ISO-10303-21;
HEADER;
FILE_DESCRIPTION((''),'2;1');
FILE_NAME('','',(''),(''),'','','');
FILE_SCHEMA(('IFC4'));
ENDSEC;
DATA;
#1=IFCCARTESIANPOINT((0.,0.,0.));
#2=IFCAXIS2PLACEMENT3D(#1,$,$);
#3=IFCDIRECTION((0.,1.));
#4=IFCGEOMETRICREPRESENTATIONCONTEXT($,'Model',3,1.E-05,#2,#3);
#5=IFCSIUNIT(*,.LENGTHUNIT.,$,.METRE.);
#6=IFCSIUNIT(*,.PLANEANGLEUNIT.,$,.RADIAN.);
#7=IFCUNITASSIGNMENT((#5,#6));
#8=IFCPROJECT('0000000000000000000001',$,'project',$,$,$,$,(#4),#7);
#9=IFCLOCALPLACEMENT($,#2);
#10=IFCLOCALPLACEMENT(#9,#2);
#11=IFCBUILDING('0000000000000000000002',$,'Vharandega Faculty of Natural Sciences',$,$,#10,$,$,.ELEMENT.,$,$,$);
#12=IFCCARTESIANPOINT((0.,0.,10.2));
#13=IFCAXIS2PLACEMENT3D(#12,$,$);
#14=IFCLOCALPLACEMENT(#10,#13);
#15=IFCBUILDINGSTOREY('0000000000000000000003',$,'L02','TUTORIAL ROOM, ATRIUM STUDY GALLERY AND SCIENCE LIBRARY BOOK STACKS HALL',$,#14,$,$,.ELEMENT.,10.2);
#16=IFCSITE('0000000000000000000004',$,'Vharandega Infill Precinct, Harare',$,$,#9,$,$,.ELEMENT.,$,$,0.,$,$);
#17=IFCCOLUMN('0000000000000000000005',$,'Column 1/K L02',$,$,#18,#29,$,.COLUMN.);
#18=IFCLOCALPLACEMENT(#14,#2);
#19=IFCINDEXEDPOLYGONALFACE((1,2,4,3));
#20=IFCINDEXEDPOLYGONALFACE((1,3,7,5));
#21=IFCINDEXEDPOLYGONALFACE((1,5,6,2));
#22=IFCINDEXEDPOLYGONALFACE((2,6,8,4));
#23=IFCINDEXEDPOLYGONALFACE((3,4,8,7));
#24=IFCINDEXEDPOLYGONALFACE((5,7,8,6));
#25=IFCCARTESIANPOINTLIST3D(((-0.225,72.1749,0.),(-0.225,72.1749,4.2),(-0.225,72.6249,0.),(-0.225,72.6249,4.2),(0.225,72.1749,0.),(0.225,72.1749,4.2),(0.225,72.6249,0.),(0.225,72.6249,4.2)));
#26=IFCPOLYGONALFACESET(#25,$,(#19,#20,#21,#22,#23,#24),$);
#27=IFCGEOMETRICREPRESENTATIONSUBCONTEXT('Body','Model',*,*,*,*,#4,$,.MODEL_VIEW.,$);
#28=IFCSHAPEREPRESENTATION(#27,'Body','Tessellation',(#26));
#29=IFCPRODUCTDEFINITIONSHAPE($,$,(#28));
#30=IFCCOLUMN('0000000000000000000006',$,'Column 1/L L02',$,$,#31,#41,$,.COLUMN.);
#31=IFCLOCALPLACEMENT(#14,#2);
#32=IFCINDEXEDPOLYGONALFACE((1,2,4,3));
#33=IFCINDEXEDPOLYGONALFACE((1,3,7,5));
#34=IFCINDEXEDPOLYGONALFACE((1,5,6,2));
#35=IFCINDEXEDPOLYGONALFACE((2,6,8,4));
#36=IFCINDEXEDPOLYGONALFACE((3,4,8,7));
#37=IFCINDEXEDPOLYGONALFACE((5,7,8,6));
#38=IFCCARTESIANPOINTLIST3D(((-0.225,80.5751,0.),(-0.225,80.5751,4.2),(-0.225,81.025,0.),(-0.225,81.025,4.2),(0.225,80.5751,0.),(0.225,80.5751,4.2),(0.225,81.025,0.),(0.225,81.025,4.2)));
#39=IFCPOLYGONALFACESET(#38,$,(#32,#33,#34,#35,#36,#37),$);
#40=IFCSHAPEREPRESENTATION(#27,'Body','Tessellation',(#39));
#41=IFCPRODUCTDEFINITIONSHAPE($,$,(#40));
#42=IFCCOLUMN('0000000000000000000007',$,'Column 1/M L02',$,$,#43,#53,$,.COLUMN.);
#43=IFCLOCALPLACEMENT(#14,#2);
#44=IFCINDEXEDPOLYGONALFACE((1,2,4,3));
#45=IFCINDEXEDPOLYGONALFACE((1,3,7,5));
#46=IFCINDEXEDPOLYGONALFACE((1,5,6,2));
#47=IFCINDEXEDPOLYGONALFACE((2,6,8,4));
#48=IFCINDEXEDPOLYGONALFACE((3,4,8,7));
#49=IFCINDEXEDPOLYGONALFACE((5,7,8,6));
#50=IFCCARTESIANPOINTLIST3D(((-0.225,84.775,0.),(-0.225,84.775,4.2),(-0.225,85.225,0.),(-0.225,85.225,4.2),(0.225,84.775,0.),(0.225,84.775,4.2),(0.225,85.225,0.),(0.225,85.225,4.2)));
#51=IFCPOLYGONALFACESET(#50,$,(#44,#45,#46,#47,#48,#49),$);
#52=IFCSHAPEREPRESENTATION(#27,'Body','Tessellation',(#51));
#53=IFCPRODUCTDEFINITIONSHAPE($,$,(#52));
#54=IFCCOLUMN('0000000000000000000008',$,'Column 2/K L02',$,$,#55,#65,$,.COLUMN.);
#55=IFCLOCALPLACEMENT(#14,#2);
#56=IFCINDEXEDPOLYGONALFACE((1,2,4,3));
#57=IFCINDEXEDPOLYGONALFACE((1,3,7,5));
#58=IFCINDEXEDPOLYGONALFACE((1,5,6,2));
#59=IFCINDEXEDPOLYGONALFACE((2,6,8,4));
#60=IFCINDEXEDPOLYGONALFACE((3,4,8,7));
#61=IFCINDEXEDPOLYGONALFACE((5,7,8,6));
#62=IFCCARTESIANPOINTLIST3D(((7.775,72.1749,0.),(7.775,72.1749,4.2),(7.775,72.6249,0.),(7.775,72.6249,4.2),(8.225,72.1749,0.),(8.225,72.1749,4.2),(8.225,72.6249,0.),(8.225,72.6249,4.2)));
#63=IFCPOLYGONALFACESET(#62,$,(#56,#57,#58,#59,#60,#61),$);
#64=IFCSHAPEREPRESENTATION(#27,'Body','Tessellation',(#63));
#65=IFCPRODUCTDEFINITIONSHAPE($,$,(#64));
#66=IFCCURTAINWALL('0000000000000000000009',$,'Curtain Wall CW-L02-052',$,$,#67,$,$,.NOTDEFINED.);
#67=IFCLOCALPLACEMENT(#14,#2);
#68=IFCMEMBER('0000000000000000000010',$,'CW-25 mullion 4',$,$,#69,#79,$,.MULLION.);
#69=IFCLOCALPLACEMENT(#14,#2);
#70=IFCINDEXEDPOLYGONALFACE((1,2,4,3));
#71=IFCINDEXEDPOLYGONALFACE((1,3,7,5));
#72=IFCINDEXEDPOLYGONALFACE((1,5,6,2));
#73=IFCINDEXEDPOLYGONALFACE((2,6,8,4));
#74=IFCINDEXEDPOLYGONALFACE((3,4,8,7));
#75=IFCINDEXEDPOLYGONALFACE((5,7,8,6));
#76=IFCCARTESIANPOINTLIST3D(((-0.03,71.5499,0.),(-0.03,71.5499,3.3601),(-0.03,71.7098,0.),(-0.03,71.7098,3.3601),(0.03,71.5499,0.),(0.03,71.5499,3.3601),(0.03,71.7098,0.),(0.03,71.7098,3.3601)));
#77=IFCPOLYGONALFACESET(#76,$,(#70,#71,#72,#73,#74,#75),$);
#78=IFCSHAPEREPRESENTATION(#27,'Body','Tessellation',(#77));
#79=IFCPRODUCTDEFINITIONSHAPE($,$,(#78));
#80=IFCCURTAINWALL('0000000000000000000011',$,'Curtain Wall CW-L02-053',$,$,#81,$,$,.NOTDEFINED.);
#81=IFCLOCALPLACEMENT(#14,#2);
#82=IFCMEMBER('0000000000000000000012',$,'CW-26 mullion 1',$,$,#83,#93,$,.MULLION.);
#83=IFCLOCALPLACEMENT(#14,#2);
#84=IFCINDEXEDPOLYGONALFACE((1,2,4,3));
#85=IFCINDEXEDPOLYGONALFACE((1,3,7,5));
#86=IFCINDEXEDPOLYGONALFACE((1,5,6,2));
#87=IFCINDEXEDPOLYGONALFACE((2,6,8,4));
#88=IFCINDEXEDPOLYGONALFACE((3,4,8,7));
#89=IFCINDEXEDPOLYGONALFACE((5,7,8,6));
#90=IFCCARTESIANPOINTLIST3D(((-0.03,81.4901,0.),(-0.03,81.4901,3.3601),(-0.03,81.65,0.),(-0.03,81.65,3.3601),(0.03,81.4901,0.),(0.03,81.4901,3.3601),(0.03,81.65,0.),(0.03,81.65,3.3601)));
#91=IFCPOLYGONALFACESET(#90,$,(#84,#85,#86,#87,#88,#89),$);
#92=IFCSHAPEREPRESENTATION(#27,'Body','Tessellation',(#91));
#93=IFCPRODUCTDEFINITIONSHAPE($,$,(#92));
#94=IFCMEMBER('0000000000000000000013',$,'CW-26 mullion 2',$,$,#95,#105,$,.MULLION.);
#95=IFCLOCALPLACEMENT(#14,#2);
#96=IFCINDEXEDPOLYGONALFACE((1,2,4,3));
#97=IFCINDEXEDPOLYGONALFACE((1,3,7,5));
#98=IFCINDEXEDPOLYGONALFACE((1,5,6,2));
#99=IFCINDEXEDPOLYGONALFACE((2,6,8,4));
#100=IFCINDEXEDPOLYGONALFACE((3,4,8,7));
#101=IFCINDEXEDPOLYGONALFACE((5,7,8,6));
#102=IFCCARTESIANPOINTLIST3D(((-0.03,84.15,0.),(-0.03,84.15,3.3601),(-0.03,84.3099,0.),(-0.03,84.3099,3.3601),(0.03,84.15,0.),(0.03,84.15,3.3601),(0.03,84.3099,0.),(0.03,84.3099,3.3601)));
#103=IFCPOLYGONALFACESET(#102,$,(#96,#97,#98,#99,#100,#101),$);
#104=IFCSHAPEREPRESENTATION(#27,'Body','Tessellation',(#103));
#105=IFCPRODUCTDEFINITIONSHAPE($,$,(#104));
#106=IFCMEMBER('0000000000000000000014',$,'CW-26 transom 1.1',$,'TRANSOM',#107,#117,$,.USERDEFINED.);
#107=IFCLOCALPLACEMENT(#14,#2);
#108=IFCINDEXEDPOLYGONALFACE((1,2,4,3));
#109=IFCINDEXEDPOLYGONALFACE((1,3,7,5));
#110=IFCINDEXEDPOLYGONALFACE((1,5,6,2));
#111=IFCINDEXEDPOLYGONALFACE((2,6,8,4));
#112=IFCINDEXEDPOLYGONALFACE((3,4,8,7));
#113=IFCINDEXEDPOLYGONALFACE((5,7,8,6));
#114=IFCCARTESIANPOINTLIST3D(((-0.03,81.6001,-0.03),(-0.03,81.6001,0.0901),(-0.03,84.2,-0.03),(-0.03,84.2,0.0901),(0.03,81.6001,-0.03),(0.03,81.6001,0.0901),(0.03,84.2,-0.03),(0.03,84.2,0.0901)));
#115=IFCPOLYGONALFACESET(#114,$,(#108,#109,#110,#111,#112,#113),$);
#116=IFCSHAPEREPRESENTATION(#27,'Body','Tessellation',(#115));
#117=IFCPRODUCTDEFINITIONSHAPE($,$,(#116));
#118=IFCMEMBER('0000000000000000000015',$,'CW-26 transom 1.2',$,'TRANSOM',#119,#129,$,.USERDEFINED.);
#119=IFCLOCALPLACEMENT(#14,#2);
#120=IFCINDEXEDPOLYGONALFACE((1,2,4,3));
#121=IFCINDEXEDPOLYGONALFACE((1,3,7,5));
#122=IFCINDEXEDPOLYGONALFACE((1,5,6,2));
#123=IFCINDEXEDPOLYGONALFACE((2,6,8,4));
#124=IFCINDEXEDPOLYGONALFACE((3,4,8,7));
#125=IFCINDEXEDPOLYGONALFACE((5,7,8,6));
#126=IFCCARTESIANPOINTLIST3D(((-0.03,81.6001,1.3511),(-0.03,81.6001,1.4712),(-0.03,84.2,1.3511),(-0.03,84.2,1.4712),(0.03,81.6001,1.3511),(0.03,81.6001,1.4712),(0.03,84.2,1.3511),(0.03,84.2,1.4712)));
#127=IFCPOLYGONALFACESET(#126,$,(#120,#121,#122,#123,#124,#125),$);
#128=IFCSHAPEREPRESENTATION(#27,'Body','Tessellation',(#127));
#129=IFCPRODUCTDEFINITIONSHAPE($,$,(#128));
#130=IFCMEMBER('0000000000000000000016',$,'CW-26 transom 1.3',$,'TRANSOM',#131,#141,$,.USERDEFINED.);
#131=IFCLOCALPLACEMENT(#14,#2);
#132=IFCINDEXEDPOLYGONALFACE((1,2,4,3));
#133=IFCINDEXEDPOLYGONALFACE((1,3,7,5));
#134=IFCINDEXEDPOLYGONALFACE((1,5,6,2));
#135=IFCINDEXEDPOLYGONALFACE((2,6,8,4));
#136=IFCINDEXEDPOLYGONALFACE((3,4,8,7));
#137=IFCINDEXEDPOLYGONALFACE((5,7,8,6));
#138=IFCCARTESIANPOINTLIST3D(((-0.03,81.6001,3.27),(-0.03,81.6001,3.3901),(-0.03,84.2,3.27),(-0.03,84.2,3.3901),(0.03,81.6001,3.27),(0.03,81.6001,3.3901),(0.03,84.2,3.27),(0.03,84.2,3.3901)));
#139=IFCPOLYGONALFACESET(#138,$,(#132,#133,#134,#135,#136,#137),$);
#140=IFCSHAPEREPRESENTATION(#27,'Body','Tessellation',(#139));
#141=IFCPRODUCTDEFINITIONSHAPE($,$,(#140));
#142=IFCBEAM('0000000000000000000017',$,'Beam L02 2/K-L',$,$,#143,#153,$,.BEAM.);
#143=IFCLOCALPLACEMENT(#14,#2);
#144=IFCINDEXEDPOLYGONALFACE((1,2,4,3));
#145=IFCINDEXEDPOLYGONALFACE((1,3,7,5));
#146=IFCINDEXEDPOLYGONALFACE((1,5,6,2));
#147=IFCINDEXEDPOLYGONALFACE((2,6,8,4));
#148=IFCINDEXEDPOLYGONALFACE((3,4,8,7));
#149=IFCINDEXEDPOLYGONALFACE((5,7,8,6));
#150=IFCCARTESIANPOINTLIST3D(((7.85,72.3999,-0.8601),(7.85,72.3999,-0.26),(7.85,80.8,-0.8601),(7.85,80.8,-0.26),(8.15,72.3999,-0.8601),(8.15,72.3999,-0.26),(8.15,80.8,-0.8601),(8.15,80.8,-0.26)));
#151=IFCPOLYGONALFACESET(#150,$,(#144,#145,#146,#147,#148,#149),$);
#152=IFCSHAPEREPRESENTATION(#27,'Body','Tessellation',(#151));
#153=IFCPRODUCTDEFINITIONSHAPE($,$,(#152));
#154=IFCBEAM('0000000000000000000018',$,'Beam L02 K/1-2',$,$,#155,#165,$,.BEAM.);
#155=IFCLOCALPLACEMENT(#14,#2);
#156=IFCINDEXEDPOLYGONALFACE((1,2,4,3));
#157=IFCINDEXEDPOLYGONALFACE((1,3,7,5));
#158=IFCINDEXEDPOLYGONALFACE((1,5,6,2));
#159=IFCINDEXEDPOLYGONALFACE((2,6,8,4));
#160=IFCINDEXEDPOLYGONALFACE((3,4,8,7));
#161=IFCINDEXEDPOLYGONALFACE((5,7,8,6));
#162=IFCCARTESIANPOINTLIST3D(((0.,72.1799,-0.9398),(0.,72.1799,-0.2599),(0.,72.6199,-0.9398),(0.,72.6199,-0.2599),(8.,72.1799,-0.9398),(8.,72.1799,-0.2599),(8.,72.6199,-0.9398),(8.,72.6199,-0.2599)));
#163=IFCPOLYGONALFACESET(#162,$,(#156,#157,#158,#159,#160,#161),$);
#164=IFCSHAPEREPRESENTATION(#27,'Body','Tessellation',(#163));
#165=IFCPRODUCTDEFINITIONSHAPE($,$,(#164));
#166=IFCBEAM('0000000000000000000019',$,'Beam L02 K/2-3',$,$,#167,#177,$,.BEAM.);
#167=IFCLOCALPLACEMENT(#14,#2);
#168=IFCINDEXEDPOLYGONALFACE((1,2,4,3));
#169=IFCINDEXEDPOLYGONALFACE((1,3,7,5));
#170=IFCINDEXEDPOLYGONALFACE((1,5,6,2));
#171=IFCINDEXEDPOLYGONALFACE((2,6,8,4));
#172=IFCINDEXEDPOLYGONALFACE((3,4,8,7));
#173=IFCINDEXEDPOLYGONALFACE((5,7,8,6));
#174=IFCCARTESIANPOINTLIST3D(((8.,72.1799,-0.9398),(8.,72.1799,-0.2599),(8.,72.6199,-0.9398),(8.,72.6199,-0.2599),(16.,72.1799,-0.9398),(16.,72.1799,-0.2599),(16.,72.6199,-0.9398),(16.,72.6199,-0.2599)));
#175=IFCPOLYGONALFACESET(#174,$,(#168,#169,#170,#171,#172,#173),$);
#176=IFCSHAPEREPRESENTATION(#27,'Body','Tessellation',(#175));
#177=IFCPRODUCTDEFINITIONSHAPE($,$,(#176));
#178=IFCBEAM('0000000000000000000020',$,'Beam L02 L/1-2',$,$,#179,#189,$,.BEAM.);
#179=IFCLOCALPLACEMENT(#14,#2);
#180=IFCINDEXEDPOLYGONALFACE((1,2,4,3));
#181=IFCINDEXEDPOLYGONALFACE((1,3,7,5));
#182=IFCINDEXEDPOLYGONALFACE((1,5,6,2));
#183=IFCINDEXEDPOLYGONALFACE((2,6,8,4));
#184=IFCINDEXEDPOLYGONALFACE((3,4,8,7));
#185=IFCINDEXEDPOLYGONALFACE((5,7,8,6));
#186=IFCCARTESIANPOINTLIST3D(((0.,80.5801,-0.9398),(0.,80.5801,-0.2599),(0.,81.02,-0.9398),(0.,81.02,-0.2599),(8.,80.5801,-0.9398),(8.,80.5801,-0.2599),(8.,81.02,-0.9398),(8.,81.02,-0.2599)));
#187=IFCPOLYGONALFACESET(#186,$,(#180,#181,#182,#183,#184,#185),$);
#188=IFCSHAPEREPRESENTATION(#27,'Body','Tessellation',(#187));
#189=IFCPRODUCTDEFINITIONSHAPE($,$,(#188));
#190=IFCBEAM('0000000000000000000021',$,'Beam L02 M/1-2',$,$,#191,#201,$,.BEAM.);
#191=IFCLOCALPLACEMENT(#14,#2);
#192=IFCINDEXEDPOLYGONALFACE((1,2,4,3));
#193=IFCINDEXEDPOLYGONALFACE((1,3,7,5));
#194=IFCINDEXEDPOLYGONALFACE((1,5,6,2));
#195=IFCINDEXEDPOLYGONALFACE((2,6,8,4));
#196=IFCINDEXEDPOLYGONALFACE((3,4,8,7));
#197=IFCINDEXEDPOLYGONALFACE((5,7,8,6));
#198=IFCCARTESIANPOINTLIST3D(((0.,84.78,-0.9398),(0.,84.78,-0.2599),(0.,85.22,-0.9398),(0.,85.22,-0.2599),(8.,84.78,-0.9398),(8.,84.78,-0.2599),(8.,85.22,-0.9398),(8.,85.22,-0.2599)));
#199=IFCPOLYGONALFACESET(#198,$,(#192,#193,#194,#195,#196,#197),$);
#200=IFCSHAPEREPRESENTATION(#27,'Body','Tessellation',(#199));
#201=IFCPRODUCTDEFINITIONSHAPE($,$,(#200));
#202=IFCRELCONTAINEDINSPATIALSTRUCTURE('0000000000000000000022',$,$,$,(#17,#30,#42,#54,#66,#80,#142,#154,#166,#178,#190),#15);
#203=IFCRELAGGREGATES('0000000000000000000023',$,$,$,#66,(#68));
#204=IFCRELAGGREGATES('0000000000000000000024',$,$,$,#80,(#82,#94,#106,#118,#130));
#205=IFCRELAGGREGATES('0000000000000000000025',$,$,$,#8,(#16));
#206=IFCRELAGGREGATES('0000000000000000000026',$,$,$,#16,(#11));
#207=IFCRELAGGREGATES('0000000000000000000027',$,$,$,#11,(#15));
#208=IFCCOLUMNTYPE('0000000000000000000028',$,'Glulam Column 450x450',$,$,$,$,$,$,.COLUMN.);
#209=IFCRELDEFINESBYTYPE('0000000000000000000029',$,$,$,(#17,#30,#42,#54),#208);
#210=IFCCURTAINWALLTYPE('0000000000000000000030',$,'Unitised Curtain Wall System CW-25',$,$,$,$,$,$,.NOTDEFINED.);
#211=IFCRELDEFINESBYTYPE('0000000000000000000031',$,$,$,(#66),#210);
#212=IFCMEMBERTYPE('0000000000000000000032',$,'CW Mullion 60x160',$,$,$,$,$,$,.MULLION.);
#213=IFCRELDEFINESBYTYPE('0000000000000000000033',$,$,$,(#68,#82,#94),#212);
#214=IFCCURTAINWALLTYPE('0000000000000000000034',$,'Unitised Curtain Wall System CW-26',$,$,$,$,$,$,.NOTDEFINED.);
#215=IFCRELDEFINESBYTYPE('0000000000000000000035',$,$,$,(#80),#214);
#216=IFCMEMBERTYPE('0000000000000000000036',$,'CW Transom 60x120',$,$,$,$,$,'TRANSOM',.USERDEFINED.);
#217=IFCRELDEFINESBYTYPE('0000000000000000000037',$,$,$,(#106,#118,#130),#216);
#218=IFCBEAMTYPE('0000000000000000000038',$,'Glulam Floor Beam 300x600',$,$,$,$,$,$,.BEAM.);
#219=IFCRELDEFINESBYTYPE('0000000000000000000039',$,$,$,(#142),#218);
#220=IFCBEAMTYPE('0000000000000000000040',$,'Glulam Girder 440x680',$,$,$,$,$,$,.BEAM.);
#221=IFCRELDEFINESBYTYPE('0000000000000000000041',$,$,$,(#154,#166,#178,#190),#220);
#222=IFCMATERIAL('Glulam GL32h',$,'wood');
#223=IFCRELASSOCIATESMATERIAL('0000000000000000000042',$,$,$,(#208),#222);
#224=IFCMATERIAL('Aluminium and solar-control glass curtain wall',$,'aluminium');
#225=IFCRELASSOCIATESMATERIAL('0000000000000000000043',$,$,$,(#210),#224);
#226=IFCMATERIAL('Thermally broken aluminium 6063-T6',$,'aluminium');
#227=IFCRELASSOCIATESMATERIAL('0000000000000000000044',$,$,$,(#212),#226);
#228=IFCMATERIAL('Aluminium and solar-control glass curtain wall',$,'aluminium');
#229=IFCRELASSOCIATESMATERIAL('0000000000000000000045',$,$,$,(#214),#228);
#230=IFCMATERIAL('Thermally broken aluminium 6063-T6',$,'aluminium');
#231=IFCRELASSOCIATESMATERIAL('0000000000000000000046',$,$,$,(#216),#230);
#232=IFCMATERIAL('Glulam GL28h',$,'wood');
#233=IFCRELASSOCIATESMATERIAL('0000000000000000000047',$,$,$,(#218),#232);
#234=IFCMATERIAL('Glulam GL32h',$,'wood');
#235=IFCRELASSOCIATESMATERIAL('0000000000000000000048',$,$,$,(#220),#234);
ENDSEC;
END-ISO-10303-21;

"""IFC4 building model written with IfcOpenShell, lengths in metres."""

from ifc_helpers import new_model, si_unit, direction, frame, origin, origin_2d, place, context, subcontext, project, spatial, rectangle, extrude, material, material_profile, profile_set, type_object, element, aggregate, save


model = new_model("IFC4")

# Units and contexts
model_context = context("Model", 3, precision=1e-05, world=origin(), true_north=direction((0.0, 1.0)))
body_context = subcontext(model_context, "Body", "Model", "MODEL_VIEW")
ifc_project = project(units=[si_unit("LENGTHUNIT", "METRE"), si_unit("PLANEANGLEUNIT", "RADIAN")], contexts=[model_context])

# Site, building, storey
site_placement = place(None, origin())
site = spatial("IfcSite", under=ifc_project, at=site_placement, Name="Vharandega Infill Precinct, Harare", CompositionType="ELEMENT", RefElevation=0.0)
building_placement = place(site_placement, origin())
building = spatial("IfcBuilding", under=site, at=building_placement, Name="Vharandega Faculty of Natural Sciences", CompositionType="ELEMENT")
storey_placement = place(building_placement, frame((0.0, 0.0, 10.2)))
storey = spatial("IfcBuildingStorey", under=building, at=storey_placement, Name="L02", Description="TUTORIAL ROOM, ATRIUM STUDY GALLERY AND SCIENCE LIBRARY BOOK STACKS HALL", CompositionType="ELEMENT", Elevation=10.2)

# Columns
ifc_material_1 = material(Name="Glulam GL32h", Category="wood")
ifc_material_profile_1 = material_profile(ifc_material_1, rectangle(XDim=0.45, YDim=0.45, at=origin_2d()), Name="GL32h 450x450")
ifc_profile_set_1 = profile_set([ifc_material_profile_1], Name="Glulam GL32h")
column_type = type_object("IfcColumnType", Name="Glulam Column 450x450", PredefinedType="COLUMN", material=ifc_profile_set_1)
for number, where, z_axis, x_axis, name in (
    (1, (0.0, 72.3999, 0.0), (0.0, 0.0, 1.0), (1.0, 0.0, 0.0), "Column 1/K L02"),
    (2, (0.0, 80.8, 0.0), (0.0, 0.0, 1.0), (1.0, 0.0, 0.0), "Column 1/L L02"),
    (3, (0.0, 85.0, 0.0), (0.0, 0.0, 1.0), (1.0, 0.0, 0.0), "Column 1/M L02"),
    (4, (8.0, 72.3999, 0.0), (0.0, 0.0, 1.0), (1.0, 0.0, 0.0), "Column 2/K L02"),
):
    element("IfcColumn", number, at=place(storey_placement, frame(where, z_axis=z_axis, x_axis=x_axis)), inside=storey, type_object=column_type, Name=name, PredefinedType="COLUMN", context=body_context, shape_type="SweptSolid", body=[
        extrude(rectangle(XDim=0.45, YDim=0.45, at=origin_2d()), origin(), (0.0, 0.0, 1.0), 4.2),
    ])

# Curtain wall, member
ifc_material_2 = material(Name="Aluminium and solar-control glass curtain wall", Category="aluminium")
curtain_wall_type_1 = type_object("IfcCurtainWallType", Name="Unitised Curtain Wall System CW-25", PredefinedType="NOTDEFINED", material=ifc_material_2)
curtain_wall_1_placement = place(storey_placement, origin())
curtain_wall_1 = element("IfcCurtainWall", 5, at=curtain_wall_1_placement, inside=storey, type_object=curtain_wall_type_1, Name="Curtain Wall CW-L02-052", PredefinedType="NOTDEFINED")
ifc_material_3 = material(Name="Thermally broken aluminium 6063-T6", Category="aluminium")
ifc_material_profile_2 = material_profile(ifc_material_3, rectangle(XDim=0.0601, YDim=0.1599, at=origin_2d()), Name="ALU 60x160")
ifc_profile_set_2 = profile_set([ifc_material_profile_2], Name="Thermally broken aluminium 6063-T6")
member_type_1 = type_object("IfcMemberType", Name="CW Mullion 60x160", PredefinedType="MULLION", material=ifc_profile_set_2)
member_1_placement = place(storey_placement, frame((0.0, 71.6299, 0.0), z_axis=(0.0, 0.0, 1.0), x_axis=(-1.0, 0.0, 0.0)))
member_1 = element("IfcMember", 6, at=member_1_placement, type_object=member_type_1, Name="CW-25 mullion 4", PredefinedType="MULLION", context=body_context, shape_type="SweptSolid", body=[
    extrude(rectangle(XDim=0.0601, YDim=0.1599, at=origin_2d()), origin(), (0.0, 0.0, 1.0), 3.3601),
])

# Curtain wall, members
ifc_material_4 = material(Name="Aluminium and solar-control glass curtain wall", Category="aluminium")
curtain_wall_type_2 = type_object("IfcCurtainWallType", Name="Unitised Curtain Wall System CW-26", PredefinedType="NOTDEFINED", material=ifc_material_4)
curtain_wall_2_placement = place(storey_placement, origin())
curtain_wall_2 = element("IfcCurtainWall", 7, at=curtain_wall_2_placement, inside=storey, type_object=curtain_wall_type_2, Name="Curtain Wall CW-L02-053", PredefinedType="NOTDEFINED")
member_2_placement = place(storey_placement, frame((0.0, 81.5701, 0.0), z_axis=(0.0, 0.0, 1.0), x_axis=(-1.0, 0.0, 0.0)))
member_2 = element("IfcMember", 8, at=member_2_placement, type_object=member_type_1, Name="CW-26 mullion 1", PredefinedType="MULLION", context=body_context, shape_type="SweptSolid", body=[
    extrude(rectangle(XDim=0.0601, YDim=0.1599, at=origin_2d()), origin(), (0.0, 0.0, 1.0), 3.3601),
])
member_3_placement = place(storey_placement, frame((0.0, 84.23, 0.0), z_axis=(0.0, 0.0, 1.0), x_axis=(-1.0, 0.0, 0.0)))
member_3 = element("IfcMember", 9, at=member_3_placement, type_object=member_type_1, Name="CW-26 mullion 2", PredefinedType="MULLION", context=body_context, shape_type="SweptSolid", body=[
    extrude(rectangle(XDim=0.0601, YDim=0.1599, at=origin_2d()), origin(), (0.0, 0.0, 1.0), 3.3601),
])
ifc_material_5 = material(Name="Thermally broken aluminium 6063-T6", Category="aluminium")
ifc_material_profile_3 = material_profile(ifc_material_5, rectangle(XDim=0.0601, YDim=0.1201, at=origin_2d()), Name="ALU 60x120")
ifc_profile_set_3 = profile_set([ifc_material_profile_3], Name="Thermally broken aluminium 6063-T6")
member_type_2 = type_object("IfcMemberType", Name="CW Transom 60x120", ElementType="TRANSOM", PredefinedType="USERDEFINED", material=ifc_profile_set_3)
member_4_placement = place(storey_placement, frame((0.0, 81.6001, 0.03), z_axis=(0.0, 1.0, 0.0), x_axis=(-1.0, 0.0, 0.0)))
member_4 = element("IfcMember", 10, at=member_4_placement, type_object=member_type_2, Name="CW-26 transom 1.1", ObjectType="TRANSOM", PredefinedType="USERDEFINED", context=body_context, shape_type="SweptSolid", body=[
    extrude(rectangle(XDim=0.0601, YDim=0.1201, at=origin_2d()), origin(), (0.0, 0.0, 1.0), 2.5999),
])
member_5_placement = place(storey_placement, frame((0.0, 81.6001, 1.4111), z_axis=(0.0, 1.0, 0.0), x_axis=(-1.0, 0.0, 0.0)))
member_5 = element("IfcMember", 11, at=member_5_placement, type_object=member_type_2, Name="CW-26 transom 1.2", ObjectType="TRANSOM", PredefinedType="USERDEFINED", context=body_context, shape_type="SweptSolid", body=[
    extrude(rectangle(XDim=0.0601, YDim=0.1201, at=origin_2d()), origin(), (0.0, 0.0, 1.0), 2.5999),
])
member_6_placement = place(storey_placement, frame((0.0, 81.6001, 3.3301), z_axis=(0.0, 1.0, 0.0), x_axis=(-1.0, 0.0, 0.0)))
member_6 = element("IfcMember", 12, at=member_6_placement, type_object=member_type_2, Name="CW-26 transom 1.3", ObjectType="TRANSOM", PredefinedType="USERDEFINED", context=body_context, shape_type="SweptSolid", body=[
    extrude(rectangle(XDim=0.0601, YDim=0.1201, at=origin_2d()), origin(), (0.0, 0.0, 1.0), 2.5999),
])

# Beams
ifc_material_6 = material(Name="Glulam GL28h", Category="wood")
ifc_material_profile_4 = material_profile(ifc_material_6, rectangle(XDim=0.3, YDim=0.6001, at=origin_2d()), Name="GL28h 300x600")
ifc_profile_set_4 = profile_set([ifc_material_profile_4], Name="Glulam GL28h")
beam_type_1 = type_object("IfcBeamType", Name="Glulam Floor Beam 300x600", PredefinedType="BEAM", material=ifc_profile_set_4)
beam_1_placement = place(storey_placement, frame((8.0, 72.3999, -0.5601), z_axis=(0.0, 1.0, 0.0), x_axis=(-1.0, 0.0, 0.0)))
element("IfcBeam", 13, at=beam_1_placement, inside=storey, type_object=beam_type_1, Name="Beam L02 2/K-L", PredefinedType="BEAM", context=body_context, shape_type="SweptSolid", body=[
    extrude(rectangle(XDim=0.3, YDim=0.6001, at=origin_2d()), origin(), (0.0, 0.0, 1.0), 8.4001),
])
ifc_material_7 = material(Name="Glulam GL32h", Category="wood")
ifc_material_profile_5 = material_profile(ifc_material_7, rectangle(XDim=0.4399, YDim=0.6799, at=origin_2d()), Name="GL32h 440x680")
ifc_profile_set_5 = profile_set([ifc_material_profile_5], Name="Glulam GL32h")
beam_type_2 = type_object("IfcBeamType", Name="Glulam Girder 440x680", PredefinedType="BEAM", material=ifc_profile_set_5)
for number, where, z_axis, x_axis, name in (
    (14, (0.0, 72.3999, -0.5999), (1.0, 0.0, 0.0), (0.0, 1.0, 0.0), "Beam L02 K/1-2"),
    (15, (8.0, 72.3999, -0.5999), (1.0, 0.0, 0.0), (0.0, 1.0, 0.0), "Beam L02 K/2-3"),
    (16, (0.0, 80.8, -0.5999), (1.0, 0.0, 0.0), (0.0, 1.0, 0.0), "Beam L02 L/1-2"),
    (17, (0.0, 85.0, -0.5999), (1.0, 0.0, 0.0), (0.0, 1.0, 0.0), "Beam L02 M/1-2"),
):
    element("IfcBeam", number, at=place(storey_placement, frame(where, z_axis=z_axis, x_axis=x_axis)), inside=storey, type_object=beam_type_2, Name=name, PredefinedType="BEAM", context=body_context, shape_type="SweptSolid", body=[
        extrude(rectangle(XDim=0.4399, YDim=0.6799, at=origin_2d()), origin(), (0.0, 0.0, 1.0), 8.0),
    ])

aggregate(curtain_wall_1, [member_1])
aggregate(curtain_wall_2, [member_2, member_3, member_4, member_5, member_6])

save(model, "model.ifc")
